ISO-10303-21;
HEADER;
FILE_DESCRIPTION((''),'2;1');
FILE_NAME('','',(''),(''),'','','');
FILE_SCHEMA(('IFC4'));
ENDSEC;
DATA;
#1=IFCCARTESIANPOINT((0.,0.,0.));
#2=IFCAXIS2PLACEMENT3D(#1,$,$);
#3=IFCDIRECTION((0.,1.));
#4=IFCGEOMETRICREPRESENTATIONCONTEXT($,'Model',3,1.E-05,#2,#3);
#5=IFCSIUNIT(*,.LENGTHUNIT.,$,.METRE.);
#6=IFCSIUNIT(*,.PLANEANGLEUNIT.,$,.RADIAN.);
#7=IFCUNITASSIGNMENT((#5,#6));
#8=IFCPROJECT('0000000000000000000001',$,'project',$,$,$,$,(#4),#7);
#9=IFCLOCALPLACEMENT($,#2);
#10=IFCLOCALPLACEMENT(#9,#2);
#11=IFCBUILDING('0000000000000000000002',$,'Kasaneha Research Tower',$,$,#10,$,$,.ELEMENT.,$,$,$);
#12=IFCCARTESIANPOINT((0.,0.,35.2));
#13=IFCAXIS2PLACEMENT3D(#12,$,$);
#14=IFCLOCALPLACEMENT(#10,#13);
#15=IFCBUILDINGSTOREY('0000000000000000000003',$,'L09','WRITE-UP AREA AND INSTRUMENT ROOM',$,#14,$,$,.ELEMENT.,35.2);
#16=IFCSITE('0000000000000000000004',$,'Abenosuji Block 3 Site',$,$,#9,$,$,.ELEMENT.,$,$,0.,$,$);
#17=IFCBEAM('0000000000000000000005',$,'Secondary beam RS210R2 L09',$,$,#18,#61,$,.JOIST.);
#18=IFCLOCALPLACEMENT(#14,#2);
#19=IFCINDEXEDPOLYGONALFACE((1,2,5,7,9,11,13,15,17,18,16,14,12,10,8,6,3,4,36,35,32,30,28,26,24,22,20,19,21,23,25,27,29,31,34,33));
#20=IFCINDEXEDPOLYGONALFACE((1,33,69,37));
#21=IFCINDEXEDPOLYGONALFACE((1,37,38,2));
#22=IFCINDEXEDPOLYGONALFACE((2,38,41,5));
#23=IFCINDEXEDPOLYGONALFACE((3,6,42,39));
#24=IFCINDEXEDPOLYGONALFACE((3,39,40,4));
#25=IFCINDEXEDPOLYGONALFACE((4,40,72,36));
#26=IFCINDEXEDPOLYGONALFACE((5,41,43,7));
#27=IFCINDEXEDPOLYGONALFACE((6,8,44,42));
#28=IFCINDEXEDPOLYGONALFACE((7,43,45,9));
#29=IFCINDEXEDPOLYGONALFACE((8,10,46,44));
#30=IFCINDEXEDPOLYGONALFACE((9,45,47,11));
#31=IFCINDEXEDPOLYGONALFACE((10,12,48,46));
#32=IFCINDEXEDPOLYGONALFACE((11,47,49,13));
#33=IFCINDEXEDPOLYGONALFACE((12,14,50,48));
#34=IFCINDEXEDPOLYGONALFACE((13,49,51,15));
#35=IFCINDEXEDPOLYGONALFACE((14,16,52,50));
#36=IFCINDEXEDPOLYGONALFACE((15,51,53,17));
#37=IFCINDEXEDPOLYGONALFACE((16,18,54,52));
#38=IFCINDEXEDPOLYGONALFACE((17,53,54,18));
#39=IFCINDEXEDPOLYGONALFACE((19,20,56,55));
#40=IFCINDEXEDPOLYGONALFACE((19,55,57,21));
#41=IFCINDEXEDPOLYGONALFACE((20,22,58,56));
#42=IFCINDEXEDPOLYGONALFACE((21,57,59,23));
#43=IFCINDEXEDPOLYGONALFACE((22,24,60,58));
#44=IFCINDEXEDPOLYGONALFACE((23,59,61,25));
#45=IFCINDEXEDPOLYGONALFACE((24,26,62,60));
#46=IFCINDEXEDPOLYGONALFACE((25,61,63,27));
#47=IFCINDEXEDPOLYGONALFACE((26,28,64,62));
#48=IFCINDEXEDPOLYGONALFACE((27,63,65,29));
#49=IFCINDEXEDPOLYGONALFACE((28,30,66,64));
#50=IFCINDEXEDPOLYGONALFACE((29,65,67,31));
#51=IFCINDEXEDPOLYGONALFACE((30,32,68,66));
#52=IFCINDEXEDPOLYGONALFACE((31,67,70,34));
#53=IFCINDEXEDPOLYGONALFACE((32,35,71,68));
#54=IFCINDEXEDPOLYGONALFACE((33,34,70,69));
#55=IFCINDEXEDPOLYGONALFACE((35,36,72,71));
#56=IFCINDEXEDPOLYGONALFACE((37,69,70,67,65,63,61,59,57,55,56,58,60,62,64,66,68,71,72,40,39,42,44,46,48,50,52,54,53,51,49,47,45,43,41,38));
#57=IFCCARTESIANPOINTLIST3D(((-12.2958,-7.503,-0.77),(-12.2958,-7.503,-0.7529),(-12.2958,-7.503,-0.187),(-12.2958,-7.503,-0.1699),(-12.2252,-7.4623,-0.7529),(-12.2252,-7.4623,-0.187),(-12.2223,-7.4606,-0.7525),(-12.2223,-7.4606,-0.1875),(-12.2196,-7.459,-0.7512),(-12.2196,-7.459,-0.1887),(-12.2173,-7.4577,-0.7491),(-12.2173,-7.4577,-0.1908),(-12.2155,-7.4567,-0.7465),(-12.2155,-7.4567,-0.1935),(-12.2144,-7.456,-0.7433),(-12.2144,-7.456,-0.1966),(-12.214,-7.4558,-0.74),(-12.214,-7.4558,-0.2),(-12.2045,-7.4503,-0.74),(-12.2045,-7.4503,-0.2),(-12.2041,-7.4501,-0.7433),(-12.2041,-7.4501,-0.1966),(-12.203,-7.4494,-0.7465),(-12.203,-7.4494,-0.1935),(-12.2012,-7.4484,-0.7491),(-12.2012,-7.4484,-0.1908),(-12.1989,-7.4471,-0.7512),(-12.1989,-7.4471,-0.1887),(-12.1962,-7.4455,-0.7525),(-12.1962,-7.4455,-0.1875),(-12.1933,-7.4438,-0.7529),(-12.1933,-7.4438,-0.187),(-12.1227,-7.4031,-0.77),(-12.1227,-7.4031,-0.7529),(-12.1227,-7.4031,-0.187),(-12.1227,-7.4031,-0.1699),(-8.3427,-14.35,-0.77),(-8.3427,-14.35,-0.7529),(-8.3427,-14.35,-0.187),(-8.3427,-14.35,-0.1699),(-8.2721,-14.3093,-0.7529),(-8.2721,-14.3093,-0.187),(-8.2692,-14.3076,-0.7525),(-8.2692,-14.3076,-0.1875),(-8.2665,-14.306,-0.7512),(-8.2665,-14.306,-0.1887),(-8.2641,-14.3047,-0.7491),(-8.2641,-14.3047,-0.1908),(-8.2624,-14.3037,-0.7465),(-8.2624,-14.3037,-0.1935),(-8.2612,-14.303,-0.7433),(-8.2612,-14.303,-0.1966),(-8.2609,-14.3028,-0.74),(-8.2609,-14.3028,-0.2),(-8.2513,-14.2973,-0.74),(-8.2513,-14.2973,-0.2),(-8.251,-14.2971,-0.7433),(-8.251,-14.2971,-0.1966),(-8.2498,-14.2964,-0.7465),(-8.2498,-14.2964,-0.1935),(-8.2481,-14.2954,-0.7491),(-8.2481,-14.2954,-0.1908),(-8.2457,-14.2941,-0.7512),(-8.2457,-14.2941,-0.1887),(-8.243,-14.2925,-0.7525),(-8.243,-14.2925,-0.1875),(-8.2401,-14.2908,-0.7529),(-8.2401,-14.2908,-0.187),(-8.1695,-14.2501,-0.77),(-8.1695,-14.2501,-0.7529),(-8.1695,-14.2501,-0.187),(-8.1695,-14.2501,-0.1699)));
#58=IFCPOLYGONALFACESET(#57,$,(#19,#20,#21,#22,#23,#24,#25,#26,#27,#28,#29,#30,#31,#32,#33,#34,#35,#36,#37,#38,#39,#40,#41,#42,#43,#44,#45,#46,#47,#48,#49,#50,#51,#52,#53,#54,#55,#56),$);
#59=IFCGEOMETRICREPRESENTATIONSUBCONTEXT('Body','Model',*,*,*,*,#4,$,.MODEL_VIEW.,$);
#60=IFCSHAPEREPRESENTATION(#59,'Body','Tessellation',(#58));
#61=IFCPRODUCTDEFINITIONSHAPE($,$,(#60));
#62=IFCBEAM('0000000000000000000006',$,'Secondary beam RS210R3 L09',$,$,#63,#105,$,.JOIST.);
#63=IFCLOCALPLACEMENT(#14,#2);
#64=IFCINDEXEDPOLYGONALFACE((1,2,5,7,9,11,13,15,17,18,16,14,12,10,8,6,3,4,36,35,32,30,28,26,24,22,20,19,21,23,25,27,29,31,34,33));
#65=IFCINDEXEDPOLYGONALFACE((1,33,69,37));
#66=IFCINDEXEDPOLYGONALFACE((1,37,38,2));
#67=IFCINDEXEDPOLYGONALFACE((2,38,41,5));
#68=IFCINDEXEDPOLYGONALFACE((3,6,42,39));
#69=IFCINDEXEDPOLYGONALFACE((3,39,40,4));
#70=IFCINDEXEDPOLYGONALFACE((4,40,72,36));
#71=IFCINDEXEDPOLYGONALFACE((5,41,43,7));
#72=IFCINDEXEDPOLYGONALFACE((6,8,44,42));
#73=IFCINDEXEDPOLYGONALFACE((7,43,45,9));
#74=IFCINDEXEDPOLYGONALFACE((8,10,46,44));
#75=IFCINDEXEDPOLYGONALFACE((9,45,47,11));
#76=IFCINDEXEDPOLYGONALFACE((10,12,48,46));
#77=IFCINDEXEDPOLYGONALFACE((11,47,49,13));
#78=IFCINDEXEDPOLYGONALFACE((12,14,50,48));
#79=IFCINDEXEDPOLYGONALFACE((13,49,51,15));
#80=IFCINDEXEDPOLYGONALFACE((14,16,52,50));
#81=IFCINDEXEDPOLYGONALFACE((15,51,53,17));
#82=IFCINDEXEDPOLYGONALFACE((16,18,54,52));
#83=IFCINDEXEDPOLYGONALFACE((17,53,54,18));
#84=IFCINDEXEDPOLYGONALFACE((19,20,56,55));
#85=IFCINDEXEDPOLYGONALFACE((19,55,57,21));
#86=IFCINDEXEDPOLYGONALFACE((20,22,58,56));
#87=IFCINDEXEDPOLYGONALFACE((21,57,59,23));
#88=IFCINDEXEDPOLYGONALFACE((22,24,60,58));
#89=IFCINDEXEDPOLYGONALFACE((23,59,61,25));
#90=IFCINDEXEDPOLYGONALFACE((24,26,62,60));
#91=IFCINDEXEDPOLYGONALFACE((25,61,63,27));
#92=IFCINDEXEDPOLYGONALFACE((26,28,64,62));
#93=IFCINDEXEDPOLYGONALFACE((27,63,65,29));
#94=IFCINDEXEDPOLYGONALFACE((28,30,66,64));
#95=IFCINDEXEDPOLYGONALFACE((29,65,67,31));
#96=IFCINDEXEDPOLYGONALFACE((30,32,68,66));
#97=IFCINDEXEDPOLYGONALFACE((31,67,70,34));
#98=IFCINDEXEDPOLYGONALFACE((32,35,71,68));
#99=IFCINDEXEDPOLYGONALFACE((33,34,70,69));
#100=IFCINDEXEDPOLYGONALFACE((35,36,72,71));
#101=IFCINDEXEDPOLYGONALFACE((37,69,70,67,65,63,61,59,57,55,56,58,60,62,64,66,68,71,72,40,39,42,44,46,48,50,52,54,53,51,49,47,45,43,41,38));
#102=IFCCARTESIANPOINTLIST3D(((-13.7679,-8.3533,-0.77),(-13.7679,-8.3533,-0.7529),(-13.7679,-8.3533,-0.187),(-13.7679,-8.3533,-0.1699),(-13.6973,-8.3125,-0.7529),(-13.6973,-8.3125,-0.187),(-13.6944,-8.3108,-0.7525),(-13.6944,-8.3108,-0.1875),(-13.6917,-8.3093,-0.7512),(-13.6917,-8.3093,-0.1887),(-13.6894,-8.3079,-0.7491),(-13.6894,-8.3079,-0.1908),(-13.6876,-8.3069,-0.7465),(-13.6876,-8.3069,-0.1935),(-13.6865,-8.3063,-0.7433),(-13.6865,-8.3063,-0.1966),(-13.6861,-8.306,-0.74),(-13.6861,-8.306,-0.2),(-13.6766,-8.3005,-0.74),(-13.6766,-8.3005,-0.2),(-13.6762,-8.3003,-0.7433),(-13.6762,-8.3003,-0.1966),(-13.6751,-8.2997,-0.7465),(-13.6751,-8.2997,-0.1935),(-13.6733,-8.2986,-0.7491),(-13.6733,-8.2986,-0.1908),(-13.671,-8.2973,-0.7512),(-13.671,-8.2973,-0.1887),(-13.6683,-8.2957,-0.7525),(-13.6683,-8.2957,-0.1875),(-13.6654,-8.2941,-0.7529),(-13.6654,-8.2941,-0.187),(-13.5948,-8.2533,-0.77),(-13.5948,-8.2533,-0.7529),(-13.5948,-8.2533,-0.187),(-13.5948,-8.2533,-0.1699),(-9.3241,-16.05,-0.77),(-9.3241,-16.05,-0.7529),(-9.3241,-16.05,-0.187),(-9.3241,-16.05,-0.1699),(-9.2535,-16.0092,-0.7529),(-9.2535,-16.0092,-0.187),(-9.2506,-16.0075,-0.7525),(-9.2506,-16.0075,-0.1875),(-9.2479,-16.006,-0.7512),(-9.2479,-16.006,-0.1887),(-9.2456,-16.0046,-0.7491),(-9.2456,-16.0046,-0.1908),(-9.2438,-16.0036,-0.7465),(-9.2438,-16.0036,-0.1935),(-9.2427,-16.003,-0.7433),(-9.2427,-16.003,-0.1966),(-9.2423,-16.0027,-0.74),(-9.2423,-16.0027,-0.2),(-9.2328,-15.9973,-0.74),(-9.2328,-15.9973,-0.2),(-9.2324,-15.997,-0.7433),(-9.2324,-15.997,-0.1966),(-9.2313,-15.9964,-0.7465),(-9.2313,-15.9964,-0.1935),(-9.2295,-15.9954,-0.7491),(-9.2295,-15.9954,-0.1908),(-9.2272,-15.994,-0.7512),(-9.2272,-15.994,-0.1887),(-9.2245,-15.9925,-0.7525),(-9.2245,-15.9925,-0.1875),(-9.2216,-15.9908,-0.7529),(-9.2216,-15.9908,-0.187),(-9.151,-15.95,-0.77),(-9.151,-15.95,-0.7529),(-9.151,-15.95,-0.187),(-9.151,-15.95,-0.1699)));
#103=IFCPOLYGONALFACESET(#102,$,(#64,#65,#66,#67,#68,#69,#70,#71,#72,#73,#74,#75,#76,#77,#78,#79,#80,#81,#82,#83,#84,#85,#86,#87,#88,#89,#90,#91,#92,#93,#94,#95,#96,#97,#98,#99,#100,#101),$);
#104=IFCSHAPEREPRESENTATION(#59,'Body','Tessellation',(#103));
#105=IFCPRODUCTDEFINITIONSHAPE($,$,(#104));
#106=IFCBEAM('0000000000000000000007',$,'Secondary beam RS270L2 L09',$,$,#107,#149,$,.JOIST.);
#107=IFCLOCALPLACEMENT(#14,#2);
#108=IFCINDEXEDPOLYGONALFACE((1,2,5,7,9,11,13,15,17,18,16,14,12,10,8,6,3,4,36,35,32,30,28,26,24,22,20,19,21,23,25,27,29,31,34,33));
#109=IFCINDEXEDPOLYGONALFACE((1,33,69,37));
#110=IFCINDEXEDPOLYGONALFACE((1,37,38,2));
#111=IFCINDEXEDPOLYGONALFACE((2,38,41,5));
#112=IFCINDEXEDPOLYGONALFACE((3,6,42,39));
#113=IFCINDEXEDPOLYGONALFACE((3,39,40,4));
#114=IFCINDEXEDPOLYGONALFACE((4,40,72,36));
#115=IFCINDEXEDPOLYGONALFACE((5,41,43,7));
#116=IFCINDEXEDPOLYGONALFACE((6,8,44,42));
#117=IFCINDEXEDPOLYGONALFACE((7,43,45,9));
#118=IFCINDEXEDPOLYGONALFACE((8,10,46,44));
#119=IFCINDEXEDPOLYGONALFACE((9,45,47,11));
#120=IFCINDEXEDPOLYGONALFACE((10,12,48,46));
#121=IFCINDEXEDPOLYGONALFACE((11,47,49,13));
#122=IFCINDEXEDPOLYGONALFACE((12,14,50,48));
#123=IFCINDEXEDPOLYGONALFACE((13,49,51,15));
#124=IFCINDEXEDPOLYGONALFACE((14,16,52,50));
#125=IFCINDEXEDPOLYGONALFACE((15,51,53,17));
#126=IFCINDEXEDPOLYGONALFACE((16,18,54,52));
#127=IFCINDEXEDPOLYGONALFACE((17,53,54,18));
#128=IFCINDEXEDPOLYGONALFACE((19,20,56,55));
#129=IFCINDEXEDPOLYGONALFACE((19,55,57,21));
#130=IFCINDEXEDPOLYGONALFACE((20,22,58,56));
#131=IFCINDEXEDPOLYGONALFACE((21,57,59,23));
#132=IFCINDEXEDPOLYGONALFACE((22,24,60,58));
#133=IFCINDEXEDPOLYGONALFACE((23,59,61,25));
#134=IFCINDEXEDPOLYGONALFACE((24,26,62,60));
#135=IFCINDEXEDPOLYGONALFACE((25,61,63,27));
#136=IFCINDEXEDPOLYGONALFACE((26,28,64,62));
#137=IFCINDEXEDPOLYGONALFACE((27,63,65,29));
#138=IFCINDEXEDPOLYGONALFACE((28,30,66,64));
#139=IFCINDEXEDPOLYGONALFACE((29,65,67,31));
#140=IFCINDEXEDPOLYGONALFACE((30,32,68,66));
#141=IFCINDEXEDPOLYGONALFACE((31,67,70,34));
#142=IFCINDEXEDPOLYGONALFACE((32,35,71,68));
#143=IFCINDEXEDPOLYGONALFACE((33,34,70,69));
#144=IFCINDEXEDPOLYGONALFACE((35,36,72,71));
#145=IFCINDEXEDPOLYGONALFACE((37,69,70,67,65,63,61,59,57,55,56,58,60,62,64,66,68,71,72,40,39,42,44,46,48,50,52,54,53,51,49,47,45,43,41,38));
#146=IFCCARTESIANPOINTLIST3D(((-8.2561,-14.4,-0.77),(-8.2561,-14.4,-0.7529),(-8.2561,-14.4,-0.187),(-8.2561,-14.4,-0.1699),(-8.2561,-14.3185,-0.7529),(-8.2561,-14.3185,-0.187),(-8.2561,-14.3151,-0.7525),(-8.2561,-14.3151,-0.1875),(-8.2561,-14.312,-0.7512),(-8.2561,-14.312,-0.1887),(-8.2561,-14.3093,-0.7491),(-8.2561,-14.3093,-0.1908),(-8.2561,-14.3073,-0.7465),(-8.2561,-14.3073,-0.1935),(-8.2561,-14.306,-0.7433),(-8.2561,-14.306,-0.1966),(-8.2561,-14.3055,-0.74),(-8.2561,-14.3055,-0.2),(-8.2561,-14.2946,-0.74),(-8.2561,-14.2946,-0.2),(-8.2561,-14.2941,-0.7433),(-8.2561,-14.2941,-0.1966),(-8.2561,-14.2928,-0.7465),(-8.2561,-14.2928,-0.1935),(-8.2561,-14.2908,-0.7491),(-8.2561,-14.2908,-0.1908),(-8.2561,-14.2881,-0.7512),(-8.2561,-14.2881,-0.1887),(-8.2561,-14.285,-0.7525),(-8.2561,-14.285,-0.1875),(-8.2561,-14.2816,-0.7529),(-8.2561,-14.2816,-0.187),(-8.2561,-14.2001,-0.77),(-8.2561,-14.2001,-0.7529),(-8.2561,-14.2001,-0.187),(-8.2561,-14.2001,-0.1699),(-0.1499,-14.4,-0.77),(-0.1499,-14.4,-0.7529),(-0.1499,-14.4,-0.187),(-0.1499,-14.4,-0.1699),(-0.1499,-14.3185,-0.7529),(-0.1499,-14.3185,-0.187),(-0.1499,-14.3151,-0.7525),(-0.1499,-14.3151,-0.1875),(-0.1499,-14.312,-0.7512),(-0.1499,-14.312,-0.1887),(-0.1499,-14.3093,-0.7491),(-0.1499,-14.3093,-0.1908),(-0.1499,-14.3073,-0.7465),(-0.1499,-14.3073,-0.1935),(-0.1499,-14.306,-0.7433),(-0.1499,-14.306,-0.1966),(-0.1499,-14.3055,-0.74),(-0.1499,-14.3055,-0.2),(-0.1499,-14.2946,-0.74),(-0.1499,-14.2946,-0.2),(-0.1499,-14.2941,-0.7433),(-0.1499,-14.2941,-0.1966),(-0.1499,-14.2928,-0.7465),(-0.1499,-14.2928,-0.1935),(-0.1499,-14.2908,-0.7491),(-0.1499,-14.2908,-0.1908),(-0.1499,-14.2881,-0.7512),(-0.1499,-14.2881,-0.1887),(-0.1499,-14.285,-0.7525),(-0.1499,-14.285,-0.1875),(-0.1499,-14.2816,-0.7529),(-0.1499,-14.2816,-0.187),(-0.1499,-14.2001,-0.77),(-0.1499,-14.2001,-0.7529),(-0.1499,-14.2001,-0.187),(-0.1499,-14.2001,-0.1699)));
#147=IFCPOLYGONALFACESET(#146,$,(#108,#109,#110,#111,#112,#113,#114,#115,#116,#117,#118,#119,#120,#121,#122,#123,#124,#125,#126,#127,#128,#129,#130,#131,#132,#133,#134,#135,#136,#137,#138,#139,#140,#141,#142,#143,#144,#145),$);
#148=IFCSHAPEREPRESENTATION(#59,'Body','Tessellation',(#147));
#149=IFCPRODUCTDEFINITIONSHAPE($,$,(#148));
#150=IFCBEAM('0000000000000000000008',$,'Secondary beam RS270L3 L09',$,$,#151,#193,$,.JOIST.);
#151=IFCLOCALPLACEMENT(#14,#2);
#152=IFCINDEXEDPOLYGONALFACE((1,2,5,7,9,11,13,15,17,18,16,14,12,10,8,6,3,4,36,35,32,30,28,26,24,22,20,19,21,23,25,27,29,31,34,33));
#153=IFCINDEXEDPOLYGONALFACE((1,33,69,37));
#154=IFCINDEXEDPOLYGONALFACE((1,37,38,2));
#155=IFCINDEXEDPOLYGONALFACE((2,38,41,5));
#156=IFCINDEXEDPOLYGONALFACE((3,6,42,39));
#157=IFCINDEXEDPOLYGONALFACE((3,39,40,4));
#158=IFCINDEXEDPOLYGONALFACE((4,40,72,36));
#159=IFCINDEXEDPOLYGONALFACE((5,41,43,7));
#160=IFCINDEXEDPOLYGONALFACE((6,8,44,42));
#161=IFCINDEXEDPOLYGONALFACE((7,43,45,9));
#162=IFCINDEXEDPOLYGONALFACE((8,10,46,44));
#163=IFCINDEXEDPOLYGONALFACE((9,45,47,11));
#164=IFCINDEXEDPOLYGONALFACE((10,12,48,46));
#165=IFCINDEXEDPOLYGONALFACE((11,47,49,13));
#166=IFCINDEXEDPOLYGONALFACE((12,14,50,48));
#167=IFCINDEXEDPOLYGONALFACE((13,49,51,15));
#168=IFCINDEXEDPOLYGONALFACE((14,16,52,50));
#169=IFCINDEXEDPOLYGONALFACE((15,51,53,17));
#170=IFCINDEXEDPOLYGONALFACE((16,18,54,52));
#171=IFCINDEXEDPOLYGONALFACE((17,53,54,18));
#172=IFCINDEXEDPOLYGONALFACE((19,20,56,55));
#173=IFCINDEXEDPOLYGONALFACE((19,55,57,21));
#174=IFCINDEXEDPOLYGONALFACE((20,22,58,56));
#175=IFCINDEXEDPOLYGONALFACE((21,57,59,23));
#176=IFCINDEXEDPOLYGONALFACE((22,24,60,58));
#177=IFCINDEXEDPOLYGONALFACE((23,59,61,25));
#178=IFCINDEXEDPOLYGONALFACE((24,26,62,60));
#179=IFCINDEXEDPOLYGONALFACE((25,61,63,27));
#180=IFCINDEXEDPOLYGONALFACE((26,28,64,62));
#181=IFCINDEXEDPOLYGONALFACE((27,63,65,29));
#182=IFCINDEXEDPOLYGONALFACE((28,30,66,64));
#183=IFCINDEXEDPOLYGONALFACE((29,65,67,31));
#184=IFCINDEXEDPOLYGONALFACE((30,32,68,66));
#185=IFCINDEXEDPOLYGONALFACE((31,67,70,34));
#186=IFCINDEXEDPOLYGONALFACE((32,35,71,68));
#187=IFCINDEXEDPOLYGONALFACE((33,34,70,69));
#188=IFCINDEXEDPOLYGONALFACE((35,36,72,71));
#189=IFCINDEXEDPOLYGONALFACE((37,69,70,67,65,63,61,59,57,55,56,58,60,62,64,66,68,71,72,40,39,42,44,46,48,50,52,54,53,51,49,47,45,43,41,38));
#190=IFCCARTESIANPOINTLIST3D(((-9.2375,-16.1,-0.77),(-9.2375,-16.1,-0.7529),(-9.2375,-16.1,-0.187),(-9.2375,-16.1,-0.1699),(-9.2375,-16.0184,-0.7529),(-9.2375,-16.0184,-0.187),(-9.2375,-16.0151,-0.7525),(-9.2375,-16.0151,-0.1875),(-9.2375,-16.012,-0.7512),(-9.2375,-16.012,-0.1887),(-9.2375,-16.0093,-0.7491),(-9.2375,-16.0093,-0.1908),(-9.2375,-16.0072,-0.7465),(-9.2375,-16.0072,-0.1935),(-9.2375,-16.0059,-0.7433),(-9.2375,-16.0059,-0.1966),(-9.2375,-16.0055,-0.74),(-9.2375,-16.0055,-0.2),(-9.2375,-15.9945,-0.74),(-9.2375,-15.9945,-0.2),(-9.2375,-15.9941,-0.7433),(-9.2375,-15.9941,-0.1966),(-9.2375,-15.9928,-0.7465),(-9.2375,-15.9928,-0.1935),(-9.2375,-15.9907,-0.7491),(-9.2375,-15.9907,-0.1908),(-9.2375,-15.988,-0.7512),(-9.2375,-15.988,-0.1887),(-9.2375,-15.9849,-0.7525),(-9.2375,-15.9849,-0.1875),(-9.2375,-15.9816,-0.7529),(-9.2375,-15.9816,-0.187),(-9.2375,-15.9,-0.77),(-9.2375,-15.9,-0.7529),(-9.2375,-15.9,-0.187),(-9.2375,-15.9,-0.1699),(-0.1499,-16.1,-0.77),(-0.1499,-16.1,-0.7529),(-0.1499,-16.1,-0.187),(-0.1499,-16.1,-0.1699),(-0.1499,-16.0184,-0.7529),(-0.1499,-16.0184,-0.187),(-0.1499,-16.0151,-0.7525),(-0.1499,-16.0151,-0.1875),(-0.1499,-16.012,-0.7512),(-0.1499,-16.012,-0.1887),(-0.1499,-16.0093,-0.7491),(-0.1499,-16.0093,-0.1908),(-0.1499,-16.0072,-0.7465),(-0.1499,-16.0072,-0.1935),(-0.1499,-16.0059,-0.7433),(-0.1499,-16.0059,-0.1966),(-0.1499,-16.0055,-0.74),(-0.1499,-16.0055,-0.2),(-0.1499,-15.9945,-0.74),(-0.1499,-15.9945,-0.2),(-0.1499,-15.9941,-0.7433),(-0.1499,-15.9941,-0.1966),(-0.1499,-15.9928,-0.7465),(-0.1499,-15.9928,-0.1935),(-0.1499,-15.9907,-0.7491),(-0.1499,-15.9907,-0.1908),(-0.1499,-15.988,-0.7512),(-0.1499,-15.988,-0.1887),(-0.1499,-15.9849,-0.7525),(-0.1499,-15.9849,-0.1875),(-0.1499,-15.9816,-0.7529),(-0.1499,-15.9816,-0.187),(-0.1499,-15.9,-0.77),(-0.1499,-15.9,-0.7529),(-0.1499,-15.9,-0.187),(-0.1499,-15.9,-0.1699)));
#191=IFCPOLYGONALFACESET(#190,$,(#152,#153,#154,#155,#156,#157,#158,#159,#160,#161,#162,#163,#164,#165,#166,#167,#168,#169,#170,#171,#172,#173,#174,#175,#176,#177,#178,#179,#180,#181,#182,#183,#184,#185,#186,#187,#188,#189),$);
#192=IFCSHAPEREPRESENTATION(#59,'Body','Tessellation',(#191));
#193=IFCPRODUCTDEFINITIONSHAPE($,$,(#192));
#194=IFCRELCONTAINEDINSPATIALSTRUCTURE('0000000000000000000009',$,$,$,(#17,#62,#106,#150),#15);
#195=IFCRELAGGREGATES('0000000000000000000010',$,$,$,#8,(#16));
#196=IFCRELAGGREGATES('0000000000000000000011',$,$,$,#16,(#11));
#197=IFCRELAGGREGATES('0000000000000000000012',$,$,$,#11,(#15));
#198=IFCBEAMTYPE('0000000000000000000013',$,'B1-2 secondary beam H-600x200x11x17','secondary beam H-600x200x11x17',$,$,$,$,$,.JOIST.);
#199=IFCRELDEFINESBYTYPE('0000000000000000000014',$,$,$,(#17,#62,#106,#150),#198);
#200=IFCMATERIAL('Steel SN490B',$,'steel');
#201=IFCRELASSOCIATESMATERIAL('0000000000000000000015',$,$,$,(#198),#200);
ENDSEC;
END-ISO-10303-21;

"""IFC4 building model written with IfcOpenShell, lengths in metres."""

from ifc_helpers import new_model, si_unit, direction, frame, origin, origin_2d, place, context, subcontext, project, spatial, i_section, extrude, material, material_profile, profile_set, type_object, element, save


model = new_model("IFC4")

# Units and contexts
model_context = context("Model", 3, precision=1e-05, world=origin(), true_north=direction((0.0, 1.0)))
body_context = subcontext(model_context, "Body", "Model", "MODEL_VIEW")
ifc_project = project(units=[si_unit("LENGTHUNIT", "METRE"), si_unit("PLANEANGLEUNIT", "RADIAN")], contexts=[model_context])

# Site, building, storey
site_placement = place(None, origin())
site = spatial("IfcSite", under=ifc_project, at=site_placement, Name="Abenosuji Block 3 Site", CompositionType="ELEMENT", RefElevation=0.0)
building_placement = place(site_placement, origin())
building = spatial("IfcBuilding", under=site, at=building_placement, Name="Kasaneha Research Tower", CompositionType="ELEMENT")
storey_placement = place(building_placement, frame((0.0, 0.0, 35.2)))
storey = spatial("IfcBuildingStorey", under=building, at=storey_placement, Name="L09", Description="WRITE-UP AREA AND INSTRUMENT ROOM", CompositionType="ELEMENT", Elevation=35.2)

# Beams
ifc_material_1 = material(Name="Steel SN490B", Category="steel")
ifc_material_profile_1 = material_profile(ifc_material_1, i_section(OverallWidth=0.2, OverallDepth=0.6001, WebThickness=0.011, FlangeThickness=0.0171, FilletRadius=0.0129, at=origin_2d()), Name="H-600x200x11x17")
ifc_profile_set_1 = profile_set([ifc_material_profile_1], Name="Steel SN490B")
beam_type_1 = type_object("IfcBeamType", Name="B1-2 secondary beam H-600x200x11x17", Description="secondary beam H-600x200x11x17", PredefinedType="JOIST", material=ifc_profile_set_1)
beam_1_placement = place(storey_placement, frame((-8.2561, -14.3, -0.47), z_axis=(-0.500005, 0.866023, 0.0), x_axis=(-0.866023, -0.500005, 0.0)))
element("IfcBeam", 1, at=beam_1_placement, inside=storey, type_object=beam_type_1, Name="Secondary beam RS210R2 L09", PredefinedType="JOIST", context=body_context, shape_type="SweptSolid", body=[
    extrude(i_section(OverallWidth=0.2, OverallDepth=0.6001, WebThickness=0.011, FlangeThickness=0.0171, FilletRadius=0.0129, at=origin_2d()), origin(), (0.0, 0.0, 1.0), 7.9062),
])
beam_2_placement = place(storey_placement, frame((-9.2375, -16.0, -0.47), z_axis=(-0.500009, 0.86602, 0.0), x_axis=(-0.86602, -0.500009, 0.0)))
element("IfcBeam", 2, at=beam_2_placement, inside=storey, type_object=beam_type_1, Name="Secondary beam RS210R3 L09", PredefinedType="JOIST", context=body_context, shape_type="SweptSolid", body=[
    extrude(i_section(OverallWidth=0.2, OverallDepth=0.6001, WebThickness=0.011, FlangeThickness=0.0171, FilletRadius=0.0129, at=origin_2d()), origin(), (0.0, 0.0, 1.0), 8.8875),
])
beam_3_placement = place(storey_placement, frame((-8.2561, -14.3, -0.47), z_axis=(1.0, 0.0, 0.0), x_axis=(0.0, 1.0, 0.0)))
element("IfcBeam", 3, at=beam_3_placement, inside=storey, type_object=beam_type_1, Name="Secondary beam RS270L2 L09", PredefinedType="JOIST", context=body_context, shape_type="SweptSolid", body=[
    extrude(i_section(OverallWidth=0.2, OverallDepth=0.6001, WebThickness=0.011, FlangeThickness=0.0171, FilletRadius=0.0129, at=origin_2d()), origin(), (0.0, 0.0, 1.0), 8.1062),
])
beam_4_placement = place(storey_placement, frame((-9.2375, -16.0, -0.47), z_axis=(1.0, 0.0, 0.0), x_axis=(0.0, 1.0, 0.0)))
element("IfcBeam", 4, at=beam_4_placement, inside=storey, type_object=beam_type_1, Name="Secondary beam RS270L3 L09", PredefinedType="JOIST", context=body_context, shape_type="SweptSolid", body=[
    extrude(i_section(OverallWidth=0.2, OverallDepth=0.6001, WebThickness=0.011, FlangeThickness=0.0171, FilletRadius=0.0129, at=origin_2d()), origin(), (0.0, 0.0, 1.0), 9.0876),
])

save(model, "model.ifc")
